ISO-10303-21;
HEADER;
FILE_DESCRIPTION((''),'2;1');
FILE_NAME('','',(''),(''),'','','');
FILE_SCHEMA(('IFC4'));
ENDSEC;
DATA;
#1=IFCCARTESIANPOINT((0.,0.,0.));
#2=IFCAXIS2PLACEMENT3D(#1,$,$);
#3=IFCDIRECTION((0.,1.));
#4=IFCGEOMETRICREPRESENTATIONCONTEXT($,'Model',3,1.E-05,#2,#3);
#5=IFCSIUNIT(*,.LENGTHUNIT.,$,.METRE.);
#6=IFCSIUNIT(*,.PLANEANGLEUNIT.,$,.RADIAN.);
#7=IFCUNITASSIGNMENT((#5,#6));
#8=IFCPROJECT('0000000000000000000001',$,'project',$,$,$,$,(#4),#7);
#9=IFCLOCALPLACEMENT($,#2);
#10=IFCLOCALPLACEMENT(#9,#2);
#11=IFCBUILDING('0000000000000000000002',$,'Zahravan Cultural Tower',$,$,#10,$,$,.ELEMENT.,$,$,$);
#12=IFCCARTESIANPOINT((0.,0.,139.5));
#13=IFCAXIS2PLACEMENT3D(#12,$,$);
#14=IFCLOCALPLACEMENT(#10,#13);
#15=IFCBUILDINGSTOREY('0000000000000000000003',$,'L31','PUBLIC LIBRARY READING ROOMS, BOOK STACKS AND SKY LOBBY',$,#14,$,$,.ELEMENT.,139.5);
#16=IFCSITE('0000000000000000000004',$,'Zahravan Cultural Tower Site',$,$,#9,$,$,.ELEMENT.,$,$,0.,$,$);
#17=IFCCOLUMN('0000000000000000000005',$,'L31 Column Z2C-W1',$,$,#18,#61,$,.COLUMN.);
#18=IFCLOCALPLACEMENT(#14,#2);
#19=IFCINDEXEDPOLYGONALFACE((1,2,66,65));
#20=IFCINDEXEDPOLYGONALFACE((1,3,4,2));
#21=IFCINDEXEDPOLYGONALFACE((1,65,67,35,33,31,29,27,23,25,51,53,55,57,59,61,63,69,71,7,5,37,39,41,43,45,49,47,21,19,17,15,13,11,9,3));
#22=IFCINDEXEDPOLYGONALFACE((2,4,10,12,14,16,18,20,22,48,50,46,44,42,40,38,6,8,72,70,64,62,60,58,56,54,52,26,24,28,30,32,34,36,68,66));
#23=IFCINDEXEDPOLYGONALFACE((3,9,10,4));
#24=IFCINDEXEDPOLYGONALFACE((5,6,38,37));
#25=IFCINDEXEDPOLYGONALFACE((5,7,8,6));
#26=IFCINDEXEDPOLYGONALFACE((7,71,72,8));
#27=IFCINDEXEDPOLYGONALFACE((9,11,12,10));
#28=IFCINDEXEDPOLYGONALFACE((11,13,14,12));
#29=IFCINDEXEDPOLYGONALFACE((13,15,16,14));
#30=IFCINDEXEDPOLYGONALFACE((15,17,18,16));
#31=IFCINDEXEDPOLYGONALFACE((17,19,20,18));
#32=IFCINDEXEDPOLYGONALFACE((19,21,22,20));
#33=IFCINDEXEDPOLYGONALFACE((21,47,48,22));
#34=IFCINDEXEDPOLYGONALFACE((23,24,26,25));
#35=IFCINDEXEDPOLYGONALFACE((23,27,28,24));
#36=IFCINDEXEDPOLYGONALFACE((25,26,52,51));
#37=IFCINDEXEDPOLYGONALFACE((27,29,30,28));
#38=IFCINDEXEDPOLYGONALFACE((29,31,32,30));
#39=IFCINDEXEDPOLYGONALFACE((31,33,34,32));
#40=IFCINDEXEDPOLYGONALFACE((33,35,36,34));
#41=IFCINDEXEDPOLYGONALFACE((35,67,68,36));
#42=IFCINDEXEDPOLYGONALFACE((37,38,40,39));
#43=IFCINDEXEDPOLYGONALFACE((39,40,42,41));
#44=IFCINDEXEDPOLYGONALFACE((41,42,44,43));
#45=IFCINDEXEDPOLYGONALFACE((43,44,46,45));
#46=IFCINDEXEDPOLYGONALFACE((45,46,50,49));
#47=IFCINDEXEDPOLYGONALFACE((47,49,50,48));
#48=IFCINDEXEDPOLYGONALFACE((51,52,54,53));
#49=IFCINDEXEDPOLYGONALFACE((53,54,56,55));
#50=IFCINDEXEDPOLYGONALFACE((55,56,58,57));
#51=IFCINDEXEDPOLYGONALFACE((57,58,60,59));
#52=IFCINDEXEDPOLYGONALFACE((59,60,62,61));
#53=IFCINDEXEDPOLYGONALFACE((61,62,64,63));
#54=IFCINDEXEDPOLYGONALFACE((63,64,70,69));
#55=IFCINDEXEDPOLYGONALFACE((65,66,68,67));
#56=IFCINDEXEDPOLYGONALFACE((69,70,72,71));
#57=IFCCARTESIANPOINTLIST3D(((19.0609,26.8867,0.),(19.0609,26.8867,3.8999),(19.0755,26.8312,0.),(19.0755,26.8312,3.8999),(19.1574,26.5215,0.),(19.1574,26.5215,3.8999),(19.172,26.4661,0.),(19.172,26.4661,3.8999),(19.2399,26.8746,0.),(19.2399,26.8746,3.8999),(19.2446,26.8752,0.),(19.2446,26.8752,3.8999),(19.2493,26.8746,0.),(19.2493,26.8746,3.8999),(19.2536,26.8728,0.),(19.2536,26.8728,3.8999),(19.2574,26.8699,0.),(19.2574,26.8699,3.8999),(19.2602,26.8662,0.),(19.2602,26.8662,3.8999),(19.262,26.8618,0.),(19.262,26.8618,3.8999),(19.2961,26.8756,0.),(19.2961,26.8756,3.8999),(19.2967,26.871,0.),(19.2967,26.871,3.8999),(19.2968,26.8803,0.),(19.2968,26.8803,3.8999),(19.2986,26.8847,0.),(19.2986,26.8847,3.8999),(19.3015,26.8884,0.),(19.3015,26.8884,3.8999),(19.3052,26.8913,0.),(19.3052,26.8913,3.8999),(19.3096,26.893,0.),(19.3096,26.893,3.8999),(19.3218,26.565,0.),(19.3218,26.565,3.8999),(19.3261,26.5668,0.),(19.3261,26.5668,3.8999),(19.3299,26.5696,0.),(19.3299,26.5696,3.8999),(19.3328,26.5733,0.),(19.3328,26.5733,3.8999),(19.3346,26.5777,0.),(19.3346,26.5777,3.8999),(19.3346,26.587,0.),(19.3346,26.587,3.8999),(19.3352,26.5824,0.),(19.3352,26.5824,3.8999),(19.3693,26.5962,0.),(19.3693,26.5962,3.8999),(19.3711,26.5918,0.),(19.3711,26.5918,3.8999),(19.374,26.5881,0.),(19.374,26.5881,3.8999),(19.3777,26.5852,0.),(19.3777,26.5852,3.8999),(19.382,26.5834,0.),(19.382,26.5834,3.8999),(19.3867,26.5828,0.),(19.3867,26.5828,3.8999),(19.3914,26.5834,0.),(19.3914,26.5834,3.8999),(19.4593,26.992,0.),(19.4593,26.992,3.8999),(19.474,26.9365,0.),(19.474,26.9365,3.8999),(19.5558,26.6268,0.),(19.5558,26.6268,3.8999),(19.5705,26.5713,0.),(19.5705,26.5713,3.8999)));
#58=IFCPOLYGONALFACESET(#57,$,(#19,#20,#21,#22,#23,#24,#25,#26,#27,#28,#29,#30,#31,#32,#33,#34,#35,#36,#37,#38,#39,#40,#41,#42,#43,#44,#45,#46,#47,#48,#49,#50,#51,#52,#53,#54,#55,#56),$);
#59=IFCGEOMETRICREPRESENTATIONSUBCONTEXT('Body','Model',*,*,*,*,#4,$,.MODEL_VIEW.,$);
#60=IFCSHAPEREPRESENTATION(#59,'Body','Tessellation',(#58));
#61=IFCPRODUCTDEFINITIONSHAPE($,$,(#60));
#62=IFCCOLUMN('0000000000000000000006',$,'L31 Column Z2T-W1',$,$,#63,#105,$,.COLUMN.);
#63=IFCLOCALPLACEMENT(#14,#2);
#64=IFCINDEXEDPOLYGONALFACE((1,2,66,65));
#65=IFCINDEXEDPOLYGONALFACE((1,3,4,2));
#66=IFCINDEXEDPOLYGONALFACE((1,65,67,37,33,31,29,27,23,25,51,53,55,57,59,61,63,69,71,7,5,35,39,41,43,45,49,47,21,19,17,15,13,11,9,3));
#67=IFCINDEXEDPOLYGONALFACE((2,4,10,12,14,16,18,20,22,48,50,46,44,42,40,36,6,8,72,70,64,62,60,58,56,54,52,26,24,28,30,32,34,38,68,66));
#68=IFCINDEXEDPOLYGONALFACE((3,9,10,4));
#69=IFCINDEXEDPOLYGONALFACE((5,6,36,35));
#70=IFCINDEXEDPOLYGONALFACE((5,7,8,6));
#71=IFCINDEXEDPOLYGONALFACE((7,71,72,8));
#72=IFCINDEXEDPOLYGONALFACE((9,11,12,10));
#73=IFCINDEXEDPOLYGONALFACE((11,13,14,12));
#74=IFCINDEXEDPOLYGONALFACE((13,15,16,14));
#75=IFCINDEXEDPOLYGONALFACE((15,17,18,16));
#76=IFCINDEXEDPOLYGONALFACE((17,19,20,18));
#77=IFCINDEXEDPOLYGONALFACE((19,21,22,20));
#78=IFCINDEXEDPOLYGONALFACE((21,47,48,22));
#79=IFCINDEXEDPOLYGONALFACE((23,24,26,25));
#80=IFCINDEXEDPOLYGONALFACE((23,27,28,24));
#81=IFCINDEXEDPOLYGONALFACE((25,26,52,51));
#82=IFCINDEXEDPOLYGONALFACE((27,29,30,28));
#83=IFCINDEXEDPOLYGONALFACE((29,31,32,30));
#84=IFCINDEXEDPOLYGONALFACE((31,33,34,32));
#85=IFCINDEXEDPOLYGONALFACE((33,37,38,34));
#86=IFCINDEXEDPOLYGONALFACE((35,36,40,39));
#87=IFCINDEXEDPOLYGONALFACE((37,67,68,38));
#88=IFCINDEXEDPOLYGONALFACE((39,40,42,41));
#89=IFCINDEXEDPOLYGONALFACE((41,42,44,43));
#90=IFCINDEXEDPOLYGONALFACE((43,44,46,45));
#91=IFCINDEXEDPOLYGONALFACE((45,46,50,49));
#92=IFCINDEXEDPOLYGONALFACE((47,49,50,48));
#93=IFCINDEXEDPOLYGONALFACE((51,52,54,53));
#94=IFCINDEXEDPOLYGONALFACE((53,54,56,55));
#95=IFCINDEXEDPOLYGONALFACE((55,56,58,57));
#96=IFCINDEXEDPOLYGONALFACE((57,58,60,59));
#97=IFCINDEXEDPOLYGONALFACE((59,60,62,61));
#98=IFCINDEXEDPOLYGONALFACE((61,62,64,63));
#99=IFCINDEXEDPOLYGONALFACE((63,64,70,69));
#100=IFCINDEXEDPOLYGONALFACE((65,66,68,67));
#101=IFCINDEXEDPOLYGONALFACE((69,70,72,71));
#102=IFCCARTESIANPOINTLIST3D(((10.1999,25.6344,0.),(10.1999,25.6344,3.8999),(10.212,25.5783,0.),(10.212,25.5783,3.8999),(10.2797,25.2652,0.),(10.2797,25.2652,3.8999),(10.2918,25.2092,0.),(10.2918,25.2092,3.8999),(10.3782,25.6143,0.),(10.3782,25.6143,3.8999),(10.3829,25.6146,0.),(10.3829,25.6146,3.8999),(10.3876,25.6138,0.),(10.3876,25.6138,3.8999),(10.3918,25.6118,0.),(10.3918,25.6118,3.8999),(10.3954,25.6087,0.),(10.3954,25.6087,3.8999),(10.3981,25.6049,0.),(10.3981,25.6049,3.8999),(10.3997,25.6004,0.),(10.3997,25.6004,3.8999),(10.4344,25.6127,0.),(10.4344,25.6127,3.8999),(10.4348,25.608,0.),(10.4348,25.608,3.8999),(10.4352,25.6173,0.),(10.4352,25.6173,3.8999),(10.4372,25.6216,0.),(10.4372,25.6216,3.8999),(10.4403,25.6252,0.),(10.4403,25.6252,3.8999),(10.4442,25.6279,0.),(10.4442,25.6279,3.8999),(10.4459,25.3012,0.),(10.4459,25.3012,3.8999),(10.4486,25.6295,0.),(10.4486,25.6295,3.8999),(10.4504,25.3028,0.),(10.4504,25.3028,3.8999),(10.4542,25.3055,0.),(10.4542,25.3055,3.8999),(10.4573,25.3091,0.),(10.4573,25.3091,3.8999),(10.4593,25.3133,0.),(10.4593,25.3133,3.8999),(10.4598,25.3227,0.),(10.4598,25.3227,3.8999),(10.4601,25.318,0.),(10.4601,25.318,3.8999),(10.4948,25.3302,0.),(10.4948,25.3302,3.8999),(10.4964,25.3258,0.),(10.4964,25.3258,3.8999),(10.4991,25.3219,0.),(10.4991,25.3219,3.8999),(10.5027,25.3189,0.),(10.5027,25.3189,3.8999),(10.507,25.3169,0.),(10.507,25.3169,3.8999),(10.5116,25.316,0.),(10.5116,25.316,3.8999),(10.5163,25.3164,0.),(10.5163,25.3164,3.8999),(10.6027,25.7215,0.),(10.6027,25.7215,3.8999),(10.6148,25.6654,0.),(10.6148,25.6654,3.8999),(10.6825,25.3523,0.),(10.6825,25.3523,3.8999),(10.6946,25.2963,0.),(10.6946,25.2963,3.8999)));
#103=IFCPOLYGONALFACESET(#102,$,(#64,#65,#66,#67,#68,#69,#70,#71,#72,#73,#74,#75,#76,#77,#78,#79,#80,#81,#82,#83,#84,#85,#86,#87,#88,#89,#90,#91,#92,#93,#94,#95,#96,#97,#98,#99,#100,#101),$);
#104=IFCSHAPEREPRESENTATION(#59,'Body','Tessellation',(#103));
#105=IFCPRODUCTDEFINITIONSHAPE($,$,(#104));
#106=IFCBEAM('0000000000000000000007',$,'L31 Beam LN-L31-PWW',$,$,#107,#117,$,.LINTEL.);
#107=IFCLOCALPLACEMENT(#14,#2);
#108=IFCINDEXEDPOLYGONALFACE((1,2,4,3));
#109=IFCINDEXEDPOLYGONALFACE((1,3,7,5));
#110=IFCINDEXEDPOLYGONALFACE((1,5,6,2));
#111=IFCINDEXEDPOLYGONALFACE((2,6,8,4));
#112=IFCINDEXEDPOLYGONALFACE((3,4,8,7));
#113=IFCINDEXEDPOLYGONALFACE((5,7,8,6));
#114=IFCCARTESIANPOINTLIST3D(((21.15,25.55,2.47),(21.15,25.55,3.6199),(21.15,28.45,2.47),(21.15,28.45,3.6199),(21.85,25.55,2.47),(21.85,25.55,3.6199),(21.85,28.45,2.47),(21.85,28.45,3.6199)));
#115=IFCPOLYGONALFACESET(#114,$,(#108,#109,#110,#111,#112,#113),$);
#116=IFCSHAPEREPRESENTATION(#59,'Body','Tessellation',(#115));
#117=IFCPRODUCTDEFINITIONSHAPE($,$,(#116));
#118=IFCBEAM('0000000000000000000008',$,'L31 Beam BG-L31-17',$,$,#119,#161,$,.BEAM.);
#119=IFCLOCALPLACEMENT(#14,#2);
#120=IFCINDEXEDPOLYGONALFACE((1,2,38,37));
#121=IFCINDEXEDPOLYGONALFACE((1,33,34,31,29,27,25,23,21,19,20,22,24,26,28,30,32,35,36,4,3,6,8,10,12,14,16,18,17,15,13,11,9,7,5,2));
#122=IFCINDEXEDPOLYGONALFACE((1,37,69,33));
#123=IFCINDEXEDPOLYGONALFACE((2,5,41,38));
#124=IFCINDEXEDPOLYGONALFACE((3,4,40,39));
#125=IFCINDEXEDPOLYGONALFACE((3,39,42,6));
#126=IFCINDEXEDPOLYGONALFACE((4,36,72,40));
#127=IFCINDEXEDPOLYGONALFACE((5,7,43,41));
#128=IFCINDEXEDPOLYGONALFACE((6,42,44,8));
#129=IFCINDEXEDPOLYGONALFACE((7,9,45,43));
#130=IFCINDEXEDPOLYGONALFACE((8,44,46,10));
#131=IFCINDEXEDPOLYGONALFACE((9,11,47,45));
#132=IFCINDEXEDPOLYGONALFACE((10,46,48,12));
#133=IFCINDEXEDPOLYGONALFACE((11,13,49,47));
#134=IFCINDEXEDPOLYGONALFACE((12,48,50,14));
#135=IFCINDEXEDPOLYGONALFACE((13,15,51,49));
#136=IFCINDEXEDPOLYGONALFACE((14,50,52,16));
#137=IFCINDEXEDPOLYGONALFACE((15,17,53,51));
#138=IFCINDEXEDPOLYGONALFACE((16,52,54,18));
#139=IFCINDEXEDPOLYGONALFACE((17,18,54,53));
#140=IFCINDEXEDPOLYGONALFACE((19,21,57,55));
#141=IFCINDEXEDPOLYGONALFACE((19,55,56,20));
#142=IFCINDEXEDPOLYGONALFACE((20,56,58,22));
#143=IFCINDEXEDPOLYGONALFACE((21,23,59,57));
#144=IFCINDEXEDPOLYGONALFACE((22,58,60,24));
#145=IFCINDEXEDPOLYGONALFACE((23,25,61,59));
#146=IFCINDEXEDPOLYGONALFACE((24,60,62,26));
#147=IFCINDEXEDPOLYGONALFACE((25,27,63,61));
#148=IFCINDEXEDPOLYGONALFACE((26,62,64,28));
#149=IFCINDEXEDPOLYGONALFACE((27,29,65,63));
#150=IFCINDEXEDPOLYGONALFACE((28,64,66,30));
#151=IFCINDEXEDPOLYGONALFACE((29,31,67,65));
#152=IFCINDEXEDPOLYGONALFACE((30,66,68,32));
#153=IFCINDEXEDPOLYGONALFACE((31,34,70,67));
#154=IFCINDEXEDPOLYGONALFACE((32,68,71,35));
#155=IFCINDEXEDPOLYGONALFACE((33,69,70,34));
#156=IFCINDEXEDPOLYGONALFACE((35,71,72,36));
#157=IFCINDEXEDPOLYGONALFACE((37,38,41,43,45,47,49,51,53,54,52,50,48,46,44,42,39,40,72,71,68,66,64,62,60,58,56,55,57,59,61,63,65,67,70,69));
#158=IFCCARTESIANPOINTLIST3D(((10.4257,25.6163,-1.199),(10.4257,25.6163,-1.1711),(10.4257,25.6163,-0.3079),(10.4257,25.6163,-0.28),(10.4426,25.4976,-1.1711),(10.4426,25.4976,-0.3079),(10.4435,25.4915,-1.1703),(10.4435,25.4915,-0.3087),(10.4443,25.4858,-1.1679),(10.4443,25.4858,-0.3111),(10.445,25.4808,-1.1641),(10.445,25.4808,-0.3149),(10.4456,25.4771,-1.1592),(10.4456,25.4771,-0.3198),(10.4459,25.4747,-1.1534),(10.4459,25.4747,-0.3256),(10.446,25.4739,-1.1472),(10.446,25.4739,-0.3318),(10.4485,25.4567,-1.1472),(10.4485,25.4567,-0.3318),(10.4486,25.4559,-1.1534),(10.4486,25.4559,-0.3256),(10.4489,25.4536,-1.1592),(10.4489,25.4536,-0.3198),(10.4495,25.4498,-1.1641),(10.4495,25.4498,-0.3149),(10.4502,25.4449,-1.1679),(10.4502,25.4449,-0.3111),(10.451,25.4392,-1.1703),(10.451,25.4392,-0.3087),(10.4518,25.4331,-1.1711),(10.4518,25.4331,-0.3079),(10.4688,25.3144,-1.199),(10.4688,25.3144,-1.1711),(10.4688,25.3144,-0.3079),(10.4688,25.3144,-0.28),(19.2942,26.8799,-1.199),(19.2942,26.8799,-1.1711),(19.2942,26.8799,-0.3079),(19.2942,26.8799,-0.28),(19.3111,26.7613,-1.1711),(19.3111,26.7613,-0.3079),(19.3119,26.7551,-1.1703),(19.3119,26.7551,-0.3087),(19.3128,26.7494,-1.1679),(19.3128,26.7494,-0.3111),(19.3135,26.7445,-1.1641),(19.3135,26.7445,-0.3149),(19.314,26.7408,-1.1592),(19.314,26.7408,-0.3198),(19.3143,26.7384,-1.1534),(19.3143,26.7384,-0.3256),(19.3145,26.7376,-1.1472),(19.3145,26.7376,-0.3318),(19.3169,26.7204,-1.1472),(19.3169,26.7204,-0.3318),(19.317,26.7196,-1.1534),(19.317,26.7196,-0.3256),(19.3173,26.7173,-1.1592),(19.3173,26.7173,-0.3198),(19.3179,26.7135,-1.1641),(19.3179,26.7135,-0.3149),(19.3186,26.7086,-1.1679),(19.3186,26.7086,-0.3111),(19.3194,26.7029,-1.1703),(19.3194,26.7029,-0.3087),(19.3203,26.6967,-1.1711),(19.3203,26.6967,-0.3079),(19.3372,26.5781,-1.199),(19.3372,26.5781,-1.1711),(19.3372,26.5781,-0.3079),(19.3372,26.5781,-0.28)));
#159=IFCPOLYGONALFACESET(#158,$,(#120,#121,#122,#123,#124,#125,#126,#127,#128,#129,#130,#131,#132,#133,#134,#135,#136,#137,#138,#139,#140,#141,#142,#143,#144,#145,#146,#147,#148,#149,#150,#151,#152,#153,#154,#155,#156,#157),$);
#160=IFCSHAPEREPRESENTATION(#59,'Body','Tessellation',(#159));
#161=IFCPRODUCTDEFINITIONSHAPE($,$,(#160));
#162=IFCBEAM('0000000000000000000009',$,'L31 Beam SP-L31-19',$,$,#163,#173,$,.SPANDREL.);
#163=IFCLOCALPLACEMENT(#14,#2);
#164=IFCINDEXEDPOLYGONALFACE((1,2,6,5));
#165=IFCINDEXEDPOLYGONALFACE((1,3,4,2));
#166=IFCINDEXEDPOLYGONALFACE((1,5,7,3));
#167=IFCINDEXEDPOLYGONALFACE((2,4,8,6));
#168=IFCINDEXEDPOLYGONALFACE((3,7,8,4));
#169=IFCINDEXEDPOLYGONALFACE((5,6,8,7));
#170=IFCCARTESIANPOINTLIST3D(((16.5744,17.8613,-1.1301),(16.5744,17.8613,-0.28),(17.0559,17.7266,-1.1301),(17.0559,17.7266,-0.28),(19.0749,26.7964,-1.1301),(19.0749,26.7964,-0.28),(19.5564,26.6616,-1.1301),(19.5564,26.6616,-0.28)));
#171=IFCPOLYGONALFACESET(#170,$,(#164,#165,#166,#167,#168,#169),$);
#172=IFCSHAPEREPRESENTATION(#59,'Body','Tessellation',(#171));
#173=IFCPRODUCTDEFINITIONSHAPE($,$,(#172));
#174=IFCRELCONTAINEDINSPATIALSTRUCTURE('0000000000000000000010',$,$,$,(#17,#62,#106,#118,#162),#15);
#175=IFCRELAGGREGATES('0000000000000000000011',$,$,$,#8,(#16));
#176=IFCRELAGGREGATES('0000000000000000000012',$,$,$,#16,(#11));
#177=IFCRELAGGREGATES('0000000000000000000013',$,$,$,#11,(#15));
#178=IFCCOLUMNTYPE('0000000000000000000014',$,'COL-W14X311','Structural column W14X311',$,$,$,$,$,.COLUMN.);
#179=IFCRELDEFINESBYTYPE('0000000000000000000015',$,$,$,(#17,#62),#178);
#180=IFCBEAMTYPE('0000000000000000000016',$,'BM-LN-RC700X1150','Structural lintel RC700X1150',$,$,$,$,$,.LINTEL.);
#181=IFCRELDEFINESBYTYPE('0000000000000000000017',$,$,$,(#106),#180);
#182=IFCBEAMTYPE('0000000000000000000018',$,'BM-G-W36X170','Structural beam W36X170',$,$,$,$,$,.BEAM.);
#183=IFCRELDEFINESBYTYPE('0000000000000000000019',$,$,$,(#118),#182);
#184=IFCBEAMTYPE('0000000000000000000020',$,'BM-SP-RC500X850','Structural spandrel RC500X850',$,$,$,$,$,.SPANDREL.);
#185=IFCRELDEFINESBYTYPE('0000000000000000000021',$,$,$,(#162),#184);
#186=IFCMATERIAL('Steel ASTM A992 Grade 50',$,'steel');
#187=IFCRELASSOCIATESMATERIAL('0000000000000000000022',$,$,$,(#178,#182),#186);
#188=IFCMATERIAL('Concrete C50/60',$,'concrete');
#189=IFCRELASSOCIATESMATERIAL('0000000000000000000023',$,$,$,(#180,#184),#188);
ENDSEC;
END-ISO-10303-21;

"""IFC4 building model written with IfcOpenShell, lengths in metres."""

from ifc_helpers import new_model, si_unit, direction, frame, origin, origin_2d, place, context, subcontext, project, spatial, rectangle, i_section, extrude, source, transform, mapped, material, material_profile, profile_set, type_object, element, save


model = new_model("IFC4")

# Units and contexts
model_context = context("Model", 3, precision=1e-05, world=origin(), true_north=direction((0.0, 1.0)))
body_context = subcontext(model_context, "Body", "Model", "MODEL_VIEW")
ifc_project = project(units=[si_unit("LENGTHUNIT", "METRE"), si_unit("PLANEANGLEUNIT", "RADIAN")], contexts=[model_context])

# Site, building, storey
site_placement = place(None, origin())
site = spatial("IfcSite", under=ifc_project, at=site_placement, Name="Zahravan Cultural Tower Site", CompositionType="ELEMENT", RefElevation=0.0)
building_placement = place(site_placement, origin())
building = spatial("IfcBuilding", under=site, at=building_placement, Name="Zahravan Cultural Tower", CompositionType="ELEMENT")
storey_placement = place(building_placement, frame((0.0, 0.0, 139.5)))
storey = spatial("IfcBuildingStorey", under=building, at=storey_placement, Name="L31", Description="PUBLIC LIBRARY READING ROOMS, BOOK STACKS AND SKY LOBBY", CompositionType="ELEMENT", Elevation=139.5)

# Columns
ifc_material_1 = material(Name="Steel ASTM A992 Grade 50", Category="steel")
ifc_material_profile_1 = material_profile(ifc_material_1, i_section(OverallWidth=0.4121, OverallDepth=0.4351, WebThickness=0.0359, FlangeThickness=0.0574, FilletRadius=0.0181, at=origin_2d()), Name="W14X311")
ifc_profile_set_1 = profile_set([ifc_material_profile_1], Name="Steel ASTM A992 Grade 50")
column_type = type_object("IfcColumnType", Name="COL-W14X311", Description="Structural column W14X311", PredefinedType="COLUMN", material=ifc_profile_set_1)
shared_shape_1 = source(origin(), body_context, "Body", "SweptSolid", [
    extrude(i_section(OverallWidth=0.4121, OverallDepth=0.4351, WebThickness=0.0359, FlangeThickness=0.0574, FilletRadius=0.0181, at=origin_2d()), origin(), (0.0, 0.0, 1.0), 3.8999),
])
for number, where, z_axis, x_axis, name in (
    (1, (19.3157, 26.729, 0.0), (0.0, 0.0, 1.0), (0.966823, 0.255446, 0.0), "L31 Column Z2C-W1"),
    (2, (10.4473, 25.4653, 0.0), (0.0, 0.0, 1.0), (0.977416, 0.211325, 0.0), "L31 Column Z2T-W1"),
):
    element("IfcColumn", number, at=place(storey_placement, frame(where, z_axis=z_axis, x_axis=x_axis)), inside=storey, type_object=column_type, Name=name, PredefinedType="COLUMN", context=body_context, shape_type="MappedRepresentation", body=[
        mapped(shared_shape_1, transform((0.0, 0.0, 0.0), x_axis=(1.0, 0.0, 0.0), y_axis=(0.0, 1.0, 0.0), z_axis=(0.0, 0.0, 1.0), scale=1.0)),
    ])

# Beams
ifc_material_2 = material(Name="Concrete C50/60", Category="concrete")
ifc_material_profile_2 = material_profile(ifc_material_2, rectangle(XDim=0.7, YDim=1.1499, at=origin_2d()), Name="RC700X1150")
ifc_profile_set_2 = profile_set([ifc_material_profile_2], Name="Concrete C50/60")
beam_type_1 = type_object("IfcBeamType", Name="BM-LN-RC700X1150", Description="Structural lintel RC700X1150", PredefinedType="LINTEL", material=ifc_profile_set_2)
shared_shape_2 = source(origin(), body_context, "Body", "SweptSolid", [
    extrude(rectangle(XDim=0.7, YDim=1.1499, at=origin_2d()), origin(), (0.0, 0.0, 1.0), 2.8999),
])
beam_1_placement = place(storey_placement, frame((21.5, 25.55, 3.0449), z_axis=(0.0, 1.0, 0.0), x_axis=(-1.0, 0.0, 0.0)))
element("IfcBeam", 3, at=beam_1_placement, inside=storey, type_object=beam_type_1, Name="L31 Beam LN-L31-PWW", PredefinedType="LINTEL", context=body_context, shape_type="MappedRepresentation", body=[
    mapped(shared_shape_2, transform((0.0, 0.0, 0.0), x_axis=(1.0, 0.0, 0.0), y_axis=(0.0, 1.0, 0.0), z_axis=(0.0, 0.0, 1.0), scale=1.0)),
])
ifc_material_profile_3 = material_profile(ifc_material_1, i_section(OverallWidth=0.3049, OverallDepth=0.9189, WebThickness=0.0173, FlangeThickness=0.0278, FilletRadius=0.0239, at=origin_2d()), Name="W36X170")
ifc_profile_set_3 = profile_set([ifc_material_profile_3], Name="Steel ASTM A992 Grade 50")
beam_type_2 = type_object("IfcBeamType", Name="BM-G-W36X170", Description="Structural beam W36X170", PredefinedType="BEAM", material=ifc_profile_set_3)
shared_shape_3 = source(origin(), body_context, "Body", "SweptSolid", [
    extrude(i_section(OverallWidth=0.3049, OverallDepth=0.9189, WebThickness=0.0173, FlangeThickness=0.0278, FilletRadius=0.0239, at=origin_2d()), origin(), (0.0, 0.0, 1.0), 8.958),
])
beam_2_placement = place(storey_placement, frame((19.3157, 26.729, -0.7395), z_axis=(-0.99, -0.141067, 0.0), x_axis=(0.141067, -0.99, 0.0)))
element("IfcBeam", 4, at=beam_2_placement, inside=storey, type_object=beam_type_2, Name="L31 Beam BG-L31-17", PredefinedType="BEAM", context=body_context, shape_type="MappedRepresentation", body=[
    mapped(shared_shape_3, transform((0.0, 0.0, 0.0), x_axis=(1.0, 0.0, 0.0), y_axis=(0.0, 1.0, 0.0), z_axis=(0.0, 0.0, 1.0), scale=1.0)),
])
ifc_material_profile_4 = material_profile(ifc_material_2, rectangle(XDim=0.5, YDim=0.8501, at=origin_2d()), Name="RC500X850")
ifc_profile_set_4 = profile_set([ifc_material_profile_4], Name="Concrete C50/60")
beam_type_3 = type_object("IfcBeamType", Name="BM-SP-RC500X850", Description="Structural spandrel RC500X850", PredefinedType="SPANDREL", material=ifc_profile_set_4)
shared_shape_4 = source(origin(), body_context, "Body", "SweptSolid", [
    extrude(rectangle(XDim=0.5, YDim=0.8501, at=origin_2d()), origin(), (0.0, 0.0, 1.0), 9.2783),
])
beam_3_placement = place(storey_placement, frame((19.3157, 26.729, -0.7051), z_axis=(-0.269497, -0.963001, 0.0), x_axis=(0.963001, -0.269497, 0.0)))
element("IfcBeam", 5, at=beam_3_placement, inside=storey, type_object=beam_type_3, Name="L31 Beam SP-L31-19", PredefinedType="SPANDREL", context=body_context, shape_type="MappedRepresentation", body=[
    mapped(shared_shape_4, transform((0.0, 0.0, 0.0), x_axis=(1.0, 0.0, 0.0), y_axis=(0.0, 1.0, 0.0), z_axis=(0.0, 0.0, 1.0), scale=1.0)),
])

save(model, "model.ifc")
